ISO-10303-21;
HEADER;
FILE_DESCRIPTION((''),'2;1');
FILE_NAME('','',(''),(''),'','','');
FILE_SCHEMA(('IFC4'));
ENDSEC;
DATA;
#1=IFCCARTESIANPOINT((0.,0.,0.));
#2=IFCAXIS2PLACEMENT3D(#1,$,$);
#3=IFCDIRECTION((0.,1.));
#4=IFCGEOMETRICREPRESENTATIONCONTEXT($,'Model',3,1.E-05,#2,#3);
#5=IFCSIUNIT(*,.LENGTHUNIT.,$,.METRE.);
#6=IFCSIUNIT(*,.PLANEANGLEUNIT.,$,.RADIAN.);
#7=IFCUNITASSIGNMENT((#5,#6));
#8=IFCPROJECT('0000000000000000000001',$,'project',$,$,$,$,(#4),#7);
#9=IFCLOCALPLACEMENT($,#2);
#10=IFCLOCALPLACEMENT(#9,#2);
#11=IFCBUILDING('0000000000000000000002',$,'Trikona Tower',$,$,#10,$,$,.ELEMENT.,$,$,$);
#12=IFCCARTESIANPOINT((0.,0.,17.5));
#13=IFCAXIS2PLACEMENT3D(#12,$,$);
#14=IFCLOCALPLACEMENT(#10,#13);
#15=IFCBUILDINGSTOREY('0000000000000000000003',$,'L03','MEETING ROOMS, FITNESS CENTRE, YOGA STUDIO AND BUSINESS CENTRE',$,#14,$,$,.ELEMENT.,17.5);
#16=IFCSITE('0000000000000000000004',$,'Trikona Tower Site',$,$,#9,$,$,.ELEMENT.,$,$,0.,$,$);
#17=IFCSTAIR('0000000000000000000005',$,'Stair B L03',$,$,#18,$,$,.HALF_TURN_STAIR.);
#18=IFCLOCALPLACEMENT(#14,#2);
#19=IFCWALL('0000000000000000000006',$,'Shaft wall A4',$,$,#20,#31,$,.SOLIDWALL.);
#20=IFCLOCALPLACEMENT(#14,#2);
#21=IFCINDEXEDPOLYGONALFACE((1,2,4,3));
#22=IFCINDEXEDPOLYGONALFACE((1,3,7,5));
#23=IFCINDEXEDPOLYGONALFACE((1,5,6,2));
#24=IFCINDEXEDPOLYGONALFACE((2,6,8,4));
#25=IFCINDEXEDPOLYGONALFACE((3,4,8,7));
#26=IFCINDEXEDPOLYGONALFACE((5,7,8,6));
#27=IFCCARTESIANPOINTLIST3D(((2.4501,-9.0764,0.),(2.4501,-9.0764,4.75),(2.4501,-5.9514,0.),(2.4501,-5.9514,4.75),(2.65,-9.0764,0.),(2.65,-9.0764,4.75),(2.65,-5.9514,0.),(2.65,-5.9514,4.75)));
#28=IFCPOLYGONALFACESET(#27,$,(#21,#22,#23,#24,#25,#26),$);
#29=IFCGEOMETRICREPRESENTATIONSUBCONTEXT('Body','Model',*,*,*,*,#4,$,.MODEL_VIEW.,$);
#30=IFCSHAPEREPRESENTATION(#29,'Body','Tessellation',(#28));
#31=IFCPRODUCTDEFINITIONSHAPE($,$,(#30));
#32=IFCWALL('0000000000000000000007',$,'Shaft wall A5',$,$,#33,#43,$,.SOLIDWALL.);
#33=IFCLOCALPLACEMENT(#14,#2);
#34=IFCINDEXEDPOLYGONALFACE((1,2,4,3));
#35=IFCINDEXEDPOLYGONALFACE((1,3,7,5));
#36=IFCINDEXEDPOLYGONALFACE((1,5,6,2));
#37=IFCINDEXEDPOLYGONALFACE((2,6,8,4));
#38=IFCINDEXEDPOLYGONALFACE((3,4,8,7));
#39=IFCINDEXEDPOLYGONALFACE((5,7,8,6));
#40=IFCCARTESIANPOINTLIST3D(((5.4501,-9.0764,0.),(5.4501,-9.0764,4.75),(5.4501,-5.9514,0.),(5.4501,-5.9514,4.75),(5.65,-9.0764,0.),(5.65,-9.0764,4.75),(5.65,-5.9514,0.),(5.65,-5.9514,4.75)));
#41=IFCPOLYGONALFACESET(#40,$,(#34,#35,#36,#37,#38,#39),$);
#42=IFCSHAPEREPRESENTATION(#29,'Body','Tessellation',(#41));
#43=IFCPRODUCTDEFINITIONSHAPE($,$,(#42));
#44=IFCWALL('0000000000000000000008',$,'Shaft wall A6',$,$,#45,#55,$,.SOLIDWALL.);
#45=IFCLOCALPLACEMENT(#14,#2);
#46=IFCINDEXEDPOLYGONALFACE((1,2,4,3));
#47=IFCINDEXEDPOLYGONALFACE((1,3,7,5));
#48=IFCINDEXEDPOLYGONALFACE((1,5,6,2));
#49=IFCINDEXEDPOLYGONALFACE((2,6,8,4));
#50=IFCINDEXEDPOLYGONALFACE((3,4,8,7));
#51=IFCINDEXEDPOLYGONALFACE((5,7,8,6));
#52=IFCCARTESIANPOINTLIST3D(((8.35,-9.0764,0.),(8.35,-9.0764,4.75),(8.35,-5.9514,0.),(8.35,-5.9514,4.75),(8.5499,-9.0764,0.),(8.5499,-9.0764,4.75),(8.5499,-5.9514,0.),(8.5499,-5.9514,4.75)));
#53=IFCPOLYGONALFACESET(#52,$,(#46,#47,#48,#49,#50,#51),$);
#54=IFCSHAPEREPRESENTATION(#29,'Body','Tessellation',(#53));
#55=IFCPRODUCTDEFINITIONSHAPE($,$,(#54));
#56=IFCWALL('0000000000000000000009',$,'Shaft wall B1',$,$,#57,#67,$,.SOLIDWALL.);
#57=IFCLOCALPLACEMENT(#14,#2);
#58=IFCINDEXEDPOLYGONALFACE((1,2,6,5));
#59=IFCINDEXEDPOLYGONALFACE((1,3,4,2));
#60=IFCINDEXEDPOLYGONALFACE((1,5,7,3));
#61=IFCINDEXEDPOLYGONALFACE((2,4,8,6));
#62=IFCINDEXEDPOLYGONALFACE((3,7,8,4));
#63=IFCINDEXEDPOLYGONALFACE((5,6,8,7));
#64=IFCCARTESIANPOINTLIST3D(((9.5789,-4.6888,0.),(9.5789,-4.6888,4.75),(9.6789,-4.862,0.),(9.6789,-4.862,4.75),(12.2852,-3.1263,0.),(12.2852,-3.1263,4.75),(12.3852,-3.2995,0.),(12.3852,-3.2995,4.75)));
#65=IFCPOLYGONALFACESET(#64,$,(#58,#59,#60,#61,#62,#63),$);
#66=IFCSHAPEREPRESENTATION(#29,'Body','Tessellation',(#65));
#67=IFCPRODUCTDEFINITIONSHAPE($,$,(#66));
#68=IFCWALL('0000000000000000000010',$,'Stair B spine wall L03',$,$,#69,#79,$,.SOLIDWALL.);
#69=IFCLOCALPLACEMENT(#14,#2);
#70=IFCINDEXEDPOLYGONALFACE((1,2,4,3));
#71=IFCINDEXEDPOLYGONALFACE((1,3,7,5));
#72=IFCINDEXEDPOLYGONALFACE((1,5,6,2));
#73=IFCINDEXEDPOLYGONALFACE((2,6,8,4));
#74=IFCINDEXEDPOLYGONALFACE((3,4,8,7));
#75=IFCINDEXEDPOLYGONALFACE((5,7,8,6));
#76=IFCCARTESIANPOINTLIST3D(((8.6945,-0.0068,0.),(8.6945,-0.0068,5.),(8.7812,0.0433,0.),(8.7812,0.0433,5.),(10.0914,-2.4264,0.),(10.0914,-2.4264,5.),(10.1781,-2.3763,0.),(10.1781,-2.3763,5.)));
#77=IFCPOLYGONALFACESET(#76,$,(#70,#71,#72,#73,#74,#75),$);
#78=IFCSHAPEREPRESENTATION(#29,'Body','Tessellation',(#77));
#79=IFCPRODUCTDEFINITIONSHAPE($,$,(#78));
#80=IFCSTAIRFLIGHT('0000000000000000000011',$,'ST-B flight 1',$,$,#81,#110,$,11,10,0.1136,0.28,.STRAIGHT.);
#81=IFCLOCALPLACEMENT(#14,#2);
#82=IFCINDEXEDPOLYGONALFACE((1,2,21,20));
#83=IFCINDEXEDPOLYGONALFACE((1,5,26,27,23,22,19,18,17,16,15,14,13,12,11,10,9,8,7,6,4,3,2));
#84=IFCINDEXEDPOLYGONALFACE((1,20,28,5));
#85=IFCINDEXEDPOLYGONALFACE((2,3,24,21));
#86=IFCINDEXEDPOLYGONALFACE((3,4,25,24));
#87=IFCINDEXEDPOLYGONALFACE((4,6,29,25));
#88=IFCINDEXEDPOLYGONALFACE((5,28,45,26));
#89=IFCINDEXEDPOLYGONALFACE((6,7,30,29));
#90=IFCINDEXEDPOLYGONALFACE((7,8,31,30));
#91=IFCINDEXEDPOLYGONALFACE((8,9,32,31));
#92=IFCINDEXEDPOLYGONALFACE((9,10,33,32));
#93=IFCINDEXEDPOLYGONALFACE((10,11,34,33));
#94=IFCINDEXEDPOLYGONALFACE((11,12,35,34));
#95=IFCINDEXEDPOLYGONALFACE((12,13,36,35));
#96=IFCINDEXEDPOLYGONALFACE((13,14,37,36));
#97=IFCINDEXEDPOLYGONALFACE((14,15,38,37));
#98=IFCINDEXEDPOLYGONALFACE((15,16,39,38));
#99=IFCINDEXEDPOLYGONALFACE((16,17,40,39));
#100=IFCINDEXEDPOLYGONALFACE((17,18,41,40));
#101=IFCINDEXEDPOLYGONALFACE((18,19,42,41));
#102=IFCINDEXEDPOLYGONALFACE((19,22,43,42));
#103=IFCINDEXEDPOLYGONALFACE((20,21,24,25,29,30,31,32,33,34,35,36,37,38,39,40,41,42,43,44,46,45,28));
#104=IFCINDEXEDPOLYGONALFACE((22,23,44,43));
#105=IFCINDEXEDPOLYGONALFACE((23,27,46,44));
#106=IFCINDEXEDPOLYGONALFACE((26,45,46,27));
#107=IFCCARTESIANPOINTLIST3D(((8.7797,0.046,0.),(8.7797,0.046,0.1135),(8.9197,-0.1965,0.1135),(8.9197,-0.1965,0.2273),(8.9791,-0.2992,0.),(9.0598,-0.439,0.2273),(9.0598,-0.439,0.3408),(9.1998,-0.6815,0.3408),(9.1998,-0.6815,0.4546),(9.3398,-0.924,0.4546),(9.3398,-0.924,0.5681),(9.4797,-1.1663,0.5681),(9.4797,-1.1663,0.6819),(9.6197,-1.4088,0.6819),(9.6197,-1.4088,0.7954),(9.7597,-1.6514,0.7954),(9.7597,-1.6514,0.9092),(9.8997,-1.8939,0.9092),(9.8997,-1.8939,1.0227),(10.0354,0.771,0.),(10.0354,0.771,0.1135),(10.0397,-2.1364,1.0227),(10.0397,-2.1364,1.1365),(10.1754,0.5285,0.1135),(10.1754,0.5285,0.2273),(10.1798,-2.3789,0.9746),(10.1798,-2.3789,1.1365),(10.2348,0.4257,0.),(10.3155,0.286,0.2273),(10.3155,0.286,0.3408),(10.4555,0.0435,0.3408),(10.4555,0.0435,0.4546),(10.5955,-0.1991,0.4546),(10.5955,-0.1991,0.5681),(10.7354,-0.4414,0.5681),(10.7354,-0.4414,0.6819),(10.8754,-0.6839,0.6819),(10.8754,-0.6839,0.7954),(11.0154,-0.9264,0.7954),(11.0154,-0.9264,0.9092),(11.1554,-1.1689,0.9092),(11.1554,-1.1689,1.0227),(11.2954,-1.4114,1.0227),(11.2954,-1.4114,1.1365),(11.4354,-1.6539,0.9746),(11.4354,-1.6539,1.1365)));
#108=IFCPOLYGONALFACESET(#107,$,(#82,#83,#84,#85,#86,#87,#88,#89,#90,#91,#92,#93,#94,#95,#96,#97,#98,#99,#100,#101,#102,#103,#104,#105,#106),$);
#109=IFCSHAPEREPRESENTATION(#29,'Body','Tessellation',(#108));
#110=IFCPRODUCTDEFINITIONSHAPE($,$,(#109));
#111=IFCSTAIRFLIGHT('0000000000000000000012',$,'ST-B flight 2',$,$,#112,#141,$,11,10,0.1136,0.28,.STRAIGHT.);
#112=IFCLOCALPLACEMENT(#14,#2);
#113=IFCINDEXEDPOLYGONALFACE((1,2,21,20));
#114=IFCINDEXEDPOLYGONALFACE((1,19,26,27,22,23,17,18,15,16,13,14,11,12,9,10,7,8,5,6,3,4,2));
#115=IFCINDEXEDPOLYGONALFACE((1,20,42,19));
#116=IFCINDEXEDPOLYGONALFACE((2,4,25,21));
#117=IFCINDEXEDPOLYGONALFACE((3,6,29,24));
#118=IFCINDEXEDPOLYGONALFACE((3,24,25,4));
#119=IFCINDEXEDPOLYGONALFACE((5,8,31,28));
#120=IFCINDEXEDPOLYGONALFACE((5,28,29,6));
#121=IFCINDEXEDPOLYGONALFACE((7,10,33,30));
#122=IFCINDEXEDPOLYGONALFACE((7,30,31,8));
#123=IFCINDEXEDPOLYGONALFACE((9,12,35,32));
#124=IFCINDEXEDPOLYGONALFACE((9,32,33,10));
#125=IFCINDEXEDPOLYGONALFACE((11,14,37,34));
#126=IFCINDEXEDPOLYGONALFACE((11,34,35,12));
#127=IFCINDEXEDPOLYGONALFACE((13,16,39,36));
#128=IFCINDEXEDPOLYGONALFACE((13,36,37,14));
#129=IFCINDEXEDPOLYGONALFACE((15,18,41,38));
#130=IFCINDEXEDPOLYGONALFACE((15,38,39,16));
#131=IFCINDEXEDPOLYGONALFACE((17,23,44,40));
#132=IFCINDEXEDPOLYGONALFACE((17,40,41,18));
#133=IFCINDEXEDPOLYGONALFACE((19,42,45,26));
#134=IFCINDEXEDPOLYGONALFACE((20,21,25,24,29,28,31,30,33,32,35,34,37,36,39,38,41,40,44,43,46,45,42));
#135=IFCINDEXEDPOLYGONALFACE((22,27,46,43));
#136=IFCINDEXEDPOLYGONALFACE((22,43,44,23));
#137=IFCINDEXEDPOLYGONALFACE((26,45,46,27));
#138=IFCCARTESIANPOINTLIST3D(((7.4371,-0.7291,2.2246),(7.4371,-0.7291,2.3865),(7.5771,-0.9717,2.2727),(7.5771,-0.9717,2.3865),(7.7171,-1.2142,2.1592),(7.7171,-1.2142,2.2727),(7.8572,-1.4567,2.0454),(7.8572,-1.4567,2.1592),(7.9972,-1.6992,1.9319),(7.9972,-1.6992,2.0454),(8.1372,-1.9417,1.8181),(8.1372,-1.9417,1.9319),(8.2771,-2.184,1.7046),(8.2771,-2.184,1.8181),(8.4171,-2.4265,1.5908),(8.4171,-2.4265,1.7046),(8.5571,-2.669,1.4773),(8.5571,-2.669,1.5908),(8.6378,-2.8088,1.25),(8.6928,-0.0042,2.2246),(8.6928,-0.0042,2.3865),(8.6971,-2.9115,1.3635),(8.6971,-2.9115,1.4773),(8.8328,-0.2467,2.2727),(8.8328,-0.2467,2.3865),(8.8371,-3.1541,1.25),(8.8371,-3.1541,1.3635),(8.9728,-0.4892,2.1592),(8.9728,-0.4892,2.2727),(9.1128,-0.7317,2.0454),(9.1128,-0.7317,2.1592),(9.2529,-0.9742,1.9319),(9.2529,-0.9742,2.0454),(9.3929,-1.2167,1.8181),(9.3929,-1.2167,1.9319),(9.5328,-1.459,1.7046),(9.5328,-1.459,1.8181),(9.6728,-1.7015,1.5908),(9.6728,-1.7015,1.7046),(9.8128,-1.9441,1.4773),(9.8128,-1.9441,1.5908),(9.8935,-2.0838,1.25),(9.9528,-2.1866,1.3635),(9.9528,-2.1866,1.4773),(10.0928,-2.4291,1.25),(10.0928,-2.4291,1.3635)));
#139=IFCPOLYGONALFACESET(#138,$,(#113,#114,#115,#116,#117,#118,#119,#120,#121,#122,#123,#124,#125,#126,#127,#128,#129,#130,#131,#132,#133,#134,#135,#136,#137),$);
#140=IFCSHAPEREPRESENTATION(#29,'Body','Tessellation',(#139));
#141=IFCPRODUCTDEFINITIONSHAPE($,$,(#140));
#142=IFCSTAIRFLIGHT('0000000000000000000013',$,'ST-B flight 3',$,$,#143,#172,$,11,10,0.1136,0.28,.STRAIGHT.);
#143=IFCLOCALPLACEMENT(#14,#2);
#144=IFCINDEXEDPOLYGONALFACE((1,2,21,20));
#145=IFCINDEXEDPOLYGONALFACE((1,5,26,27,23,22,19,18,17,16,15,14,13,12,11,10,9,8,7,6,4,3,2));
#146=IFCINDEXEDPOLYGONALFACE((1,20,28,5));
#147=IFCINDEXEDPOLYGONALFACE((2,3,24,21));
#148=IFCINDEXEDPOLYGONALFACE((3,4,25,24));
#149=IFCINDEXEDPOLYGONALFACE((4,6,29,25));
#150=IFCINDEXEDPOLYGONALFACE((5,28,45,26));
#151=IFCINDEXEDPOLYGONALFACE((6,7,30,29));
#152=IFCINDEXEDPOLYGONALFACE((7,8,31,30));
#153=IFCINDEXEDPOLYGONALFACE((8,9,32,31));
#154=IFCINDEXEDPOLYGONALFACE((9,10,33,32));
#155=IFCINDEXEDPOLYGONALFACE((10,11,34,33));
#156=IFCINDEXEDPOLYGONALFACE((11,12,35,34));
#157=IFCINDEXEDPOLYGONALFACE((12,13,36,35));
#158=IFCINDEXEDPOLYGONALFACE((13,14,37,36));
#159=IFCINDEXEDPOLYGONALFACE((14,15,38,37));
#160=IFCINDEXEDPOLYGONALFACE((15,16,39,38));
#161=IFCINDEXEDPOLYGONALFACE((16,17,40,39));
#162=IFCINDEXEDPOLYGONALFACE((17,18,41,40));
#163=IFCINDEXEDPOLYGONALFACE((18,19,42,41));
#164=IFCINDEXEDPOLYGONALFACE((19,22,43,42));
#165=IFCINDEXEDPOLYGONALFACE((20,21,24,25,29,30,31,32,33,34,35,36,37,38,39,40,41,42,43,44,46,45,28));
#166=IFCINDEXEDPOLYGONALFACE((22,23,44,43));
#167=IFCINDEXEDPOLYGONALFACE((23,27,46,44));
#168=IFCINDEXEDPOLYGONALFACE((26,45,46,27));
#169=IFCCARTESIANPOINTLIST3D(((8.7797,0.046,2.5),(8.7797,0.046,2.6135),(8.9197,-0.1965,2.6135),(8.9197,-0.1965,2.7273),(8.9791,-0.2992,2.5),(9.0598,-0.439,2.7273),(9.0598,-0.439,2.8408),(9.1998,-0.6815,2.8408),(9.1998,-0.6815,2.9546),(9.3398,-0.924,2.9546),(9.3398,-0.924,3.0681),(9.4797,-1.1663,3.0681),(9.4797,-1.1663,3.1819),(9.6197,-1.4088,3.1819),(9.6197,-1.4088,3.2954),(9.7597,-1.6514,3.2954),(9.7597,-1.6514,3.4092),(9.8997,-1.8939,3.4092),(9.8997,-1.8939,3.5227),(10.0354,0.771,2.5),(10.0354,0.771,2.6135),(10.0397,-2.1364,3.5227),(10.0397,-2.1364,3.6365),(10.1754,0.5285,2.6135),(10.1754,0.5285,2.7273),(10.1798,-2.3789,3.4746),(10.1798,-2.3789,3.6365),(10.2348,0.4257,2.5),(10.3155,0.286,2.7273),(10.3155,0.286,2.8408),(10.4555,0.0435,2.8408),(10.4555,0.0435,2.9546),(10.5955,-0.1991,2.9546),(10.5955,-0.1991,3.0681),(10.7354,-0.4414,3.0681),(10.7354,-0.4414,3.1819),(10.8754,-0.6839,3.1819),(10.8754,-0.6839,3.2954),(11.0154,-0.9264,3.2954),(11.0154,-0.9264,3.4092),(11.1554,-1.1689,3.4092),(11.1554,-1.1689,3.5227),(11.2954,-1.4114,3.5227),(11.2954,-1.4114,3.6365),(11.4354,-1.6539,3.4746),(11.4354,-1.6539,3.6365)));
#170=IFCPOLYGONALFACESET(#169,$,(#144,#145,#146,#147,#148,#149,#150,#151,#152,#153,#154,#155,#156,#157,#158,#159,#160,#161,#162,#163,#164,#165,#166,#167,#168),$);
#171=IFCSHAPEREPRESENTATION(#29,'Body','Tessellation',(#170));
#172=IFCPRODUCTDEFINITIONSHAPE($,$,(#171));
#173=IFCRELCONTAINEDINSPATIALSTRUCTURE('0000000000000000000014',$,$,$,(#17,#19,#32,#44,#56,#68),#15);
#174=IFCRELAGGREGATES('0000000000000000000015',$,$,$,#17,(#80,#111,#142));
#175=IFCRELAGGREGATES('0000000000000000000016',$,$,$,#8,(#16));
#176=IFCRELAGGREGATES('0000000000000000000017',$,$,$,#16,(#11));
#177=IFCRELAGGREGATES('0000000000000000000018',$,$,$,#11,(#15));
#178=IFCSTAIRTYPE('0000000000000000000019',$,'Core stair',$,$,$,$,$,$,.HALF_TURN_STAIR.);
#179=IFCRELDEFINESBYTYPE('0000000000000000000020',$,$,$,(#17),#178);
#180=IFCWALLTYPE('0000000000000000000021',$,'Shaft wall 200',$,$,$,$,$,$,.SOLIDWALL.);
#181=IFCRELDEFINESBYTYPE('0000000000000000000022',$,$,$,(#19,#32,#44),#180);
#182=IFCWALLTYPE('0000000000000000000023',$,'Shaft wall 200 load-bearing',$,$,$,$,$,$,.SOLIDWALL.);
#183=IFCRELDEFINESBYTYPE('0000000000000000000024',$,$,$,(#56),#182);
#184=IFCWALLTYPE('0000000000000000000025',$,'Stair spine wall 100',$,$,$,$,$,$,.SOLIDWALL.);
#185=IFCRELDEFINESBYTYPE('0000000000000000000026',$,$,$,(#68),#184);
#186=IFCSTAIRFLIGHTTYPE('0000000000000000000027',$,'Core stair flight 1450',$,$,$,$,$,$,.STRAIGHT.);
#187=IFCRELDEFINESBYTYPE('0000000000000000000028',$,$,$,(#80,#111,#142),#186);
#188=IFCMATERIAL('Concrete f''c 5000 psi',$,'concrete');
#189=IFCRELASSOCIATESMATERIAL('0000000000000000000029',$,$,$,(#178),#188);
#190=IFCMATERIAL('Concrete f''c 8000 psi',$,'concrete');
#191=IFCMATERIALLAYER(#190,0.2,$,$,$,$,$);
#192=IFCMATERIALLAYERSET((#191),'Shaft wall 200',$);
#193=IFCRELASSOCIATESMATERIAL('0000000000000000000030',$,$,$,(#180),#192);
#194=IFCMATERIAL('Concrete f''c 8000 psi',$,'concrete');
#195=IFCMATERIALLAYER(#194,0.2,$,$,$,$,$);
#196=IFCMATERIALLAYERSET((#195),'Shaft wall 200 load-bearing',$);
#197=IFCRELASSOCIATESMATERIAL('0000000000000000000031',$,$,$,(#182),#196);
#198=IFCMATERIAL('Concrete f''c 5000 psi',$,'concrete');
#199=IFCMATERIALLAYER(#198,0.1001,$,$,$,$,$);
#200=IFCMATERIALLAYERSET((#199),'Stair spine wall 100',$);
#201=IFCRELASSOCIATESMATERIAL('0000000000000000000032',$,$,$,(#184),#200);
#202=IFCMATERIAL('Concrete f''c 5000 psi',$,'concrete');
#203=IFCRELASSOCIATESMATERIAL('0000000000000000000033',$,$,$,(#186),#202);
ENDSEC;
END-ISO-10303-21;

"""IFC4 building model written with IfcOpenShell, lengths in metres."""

from ifc_helpers import new_model, si_unit, direction, frame, frame_2d, origin, place, context, subcontext, project, spatial, polyline, rectangle, outline, extrude, material, layer, layer_set, type_object, element, aggregate, save


model = new_model("IFC4")

# Units and contexts
model_context = context("Model", 3, precision=1e-05, world=origin(), true_north=direction((0.0, 1.0)))
body_context = subcontext(model_context, "Body", "Model", "MODEL_VIEW")
ifc_project = project(units=[si_unit("LENGTHUNIT", "METRE"), si_unit("PLANEANGLEUNIT", "RADIAN")], contexts=[model_context])

# Site, building, storey
site_placement = place(None, origin())
site = spatial("IfcSite", under=ifc_project, at=site_placement, Name="Trikona Tower Site", CompositionType="ELEMENT", RefElevation=0.0)
building_placement = place(site_placement, origin())
building = spatial("IfcBuilding", under=site, at=building_placement, Name="Trikona Tower", CompositionType="ELEMENT")
storey_placement = place(building_placement, frame((0.0, 0.0, 17.5)))
storey = spatial("IfcBuildingStorey", under=building, at=storey_placement, Name="L03", Description="MEETING ROOMS, FITNESS CENTRE, YOGA STUDIO AND BUSINESS CENTRE", CompositionType="ELEMENT", Elevation=17.5)

# Stair
ifc_material_1 = material(Name="Concrete f'c 5000 psi", Category="concrete")
stair_type = type_object("IfcStairType", Name="Core stair", PredefinedType="HALF_TURN_STAIR", material=ifc_material_1)
stair_1_placement = place(storey_placement, origin())
stair_1 = element("IfcStair", 1, at=stair_1_placement, inside=storey, type_object=stair_type, Name="Stair B L03", PredefinedType="HALF_TURN_STAIR")

# Walls
ifc_material_2 = material(Name="Concrete f'c 8000 psi", Category="concrete")
ifc_layer_1 = layer(ifc_material_2, 0.2)
ifc_layer_set_1 = layer_set([ifc_layer_1], Name="Shaft wall 200")
wall_type_1 = type_object("IfcWallType", Name="Shaft wall 200", PredefinedType="SOLIDWALL", material=ifc_layer_set_1)
for number, where, z_axis, x_axis, name in (
    (2, (2.55, -5.9514, 0.0), (0.0, 0.0, 1.0), (0.0, -1.0, 0.0), "Shaft wall A4"),
    (3, (5.55, -5.9514, 0.0), (0.0, 0.0, 1.0), (0.0, -1.0, 0.0), "Shaft wall A5"),
    (4, (8.45, -5.9514, 0.0), (0.0, 0.0, 1.0), (0.0, -1.0, 0.0), "Shaft wall A6"),
):
    element("IfcWall", number, at=place(storey_placement, frame(where, z_axis=z_axis, x_axis=x_axis)), inside=storey, type_object=wall_type_1, Name=name, PredefinedType="SOLIDWALL", context=body_context, shape_type="SweptSolid", body=[
        extrude(rectangle(XDim=3.125, YDim=0.2, at=frame_2d((1.5625, 0.0))), origin(), (0.0, 0.0, 1.0), 4.75),
    ])
ifc_material_3 = material(Name="Concrete f'c 8000 psi", Category="concrete")
ifc_layer_2 = layer(ifc_material_3, 0.2)
ifc_layer_set_2 = layer_set([ifc_layer_2], Name="Shaft wall 200 load-bearing")
wall_type_2 = type_object("IfcWallType", Name="Shaft wall 200 load-bearing", PredefinedType="SOLIDWALL", material=ifc_layer_set_2)
wall_1_placement = place(storey_placement, frame((9.6289, -4.7754, 0.0), z_axis=(0.0, 0.0, 1.0), x_axis=(0.866023, 0.500004, 0.0)))
element("IfcWall", 5, at=wall_1_placement, inside=storey, type_object=wall_type_2, Name="Shaft wall B1", PredefinedType="SOLIDWALL", context=body_context, shape_type="SweptSolid", body=[
    extrude(rectangle(XDim=3.125, YDim=0.2, at=frame_2d((1.5625, 0.0))), origin(), (0.0, 0.0, 1.0), 4.75),
])
ifc_material_4 = material(Name="Concrete f'c 5000 psi", Category="concrete")
ifc_layer_3 = layer(ifc_material_4, 0.1001)
ifc_layer_set_3 = layer_set([ifc_layer_3], Name="Stair spine wall 100")
wall_type_3 = type_object("IfcWallType", Name="Stair spine wall 100", PredefinedType="SOLIDWALL", material=ifc_layer_set_3)
wall_2_placement = place(storey_placement, frame((10.1348, -2.4014, 0.0), z_axis=(0.0, 0.0, 1.0), x_axis=(-0.499992, 0.86603, 0.0)))
element("IfcWall", 6, at=wall_2_placement, inside=storey, type_object=wall_type_3, Name="Stair B spine wall L03", PredefinedType="SOLIDWALL", context=body_context, shape_type="SweptSolid", body=[
    extrude(rectangle(XDim=2.7939, YDim=0.1001, at=frame_2d((1.397, 0.0))), origin(), (0.0, 0.0, 1.0), 5.0),
])

# Stair flights
ifc_material_5 = material(Name="Concrete f'c 5000 psi", Category="concrete")
stair_flight_type = type_object("IfcStairFlightType", Name="Core stair flight 1450", PredefinedType="STRAIGHT", material=ifc_material_5)
stair_flight_1_placement = place(storey_placement, frame((9.4075, 0.4084, 0.0), z_axis=(0.0, 0.0, 1.0), x_axis=(0.5, -0.866025, 0.0)))
stair_flight_1 = element("IfcStairFlight", 7, at=stair_flight_1_placement, type_object=stair_flight_type, Name="ST-B flight 1", NumberOfRisers=11, NumberOfTreads=10, PredefinedType="STRAIGHT", RiserHeight=0.1136, TreadLength=0.28, context=body_context, shape_type="SweptSolid", body=[
    extrude(outline(polyline([(0.0, 0.0), (0.0, 0.1135), (0.28, 0.1135), (0.28, 0.2273), (0.5601, 0.2273), (0.5601, 0.3408), (0.8401, 0.3408), (0.8401, 0.4546), (1.1201, 0.4546), (1.1201, 0.5681), (1.3999, 0.5681), (1.3999, 0.6819), (1.6799, 0.6819), (1.6799, 0.7954), (1.96, 0.7954), (1.96, 0.9092), (2.24, 0.9092), (2.24, 1.0227), (2.52, 1.0227), (2.52, 1.1365), (2.8, 1.1365), (2.8, 1.25), (2.8, 0.9746), (0.3987, 0.0), (0.0, 0.0)])), frame((0.0, 0.7251, 0.0), z_axis=(0.0, -1.0, 0.0), x_axis=(1.0, 0.0, 0.0)), (0.0, 0.0, 1.0), 1.45),
])
stair_flight_2_placement = place(storey_placement, frame((9.4651, -2.7915, 1.25), z_axis=(0.0, 0.0, 1.0), x_axis=(-0.5, 0.866025, 0.0)))
stair_flight_2 = element("IfcStairFlight", 8, at=stair_flight_2_placement, type_object=stair_flight_type, Name="ST-B flight 2", NumberOfRisers=11, NumberOfTreads=10, PredefinedType="STRAIGHT", RiserHeight=0.1136, TreadLength=0.28, context=body_context, shape_type="SweptSolid", body=[
    extrude(outline(polyline([(0.0, 0.0), (0.0, 0.1135), (0.28, 0.1135), (0.28, 0.2273), (0.5601, 0.2273), (0.5601, 0.3408), (0.8401, 0.3408), (0.8401, 0.4546), (1.1201, 0.4546), (1.1201, 0.5681), (1.3999, 0.5681), (1.3999, 0.6819), (1.6799, 0.6819), (1.6799, 0.7954), (1.96, 0.7954), (1.96, 0.9092), (2.24, 0.9092), (2.24, 1.0227), (2.52, 1.0227), (2.52, 1.1365), (2.8, 1.1365), (2.8, 1.25), (2.8, 0.9746), (0.3987, 0.0), (0.0, 0.0)])), frame((0.0, 0.7251, 0.0), z_axis=(0.0, -1.0, 0.0), x_axis=(1.0, 0.0, 0.0)), (0.0, 0.0, 1.0), 1.45),
])
stair_flight_3_placement = place(storey_placement, frame((9.4075, 0.4084, 2.5), z_axis=(0.0, 0.0, 1.0), x_axis=(0.5, -0.866025, 0.0)))
stair_flight_3 = element("IfcStairFlight", 9, at=stair_flight_3_placement, type_object=stair_flight_type, Name="ST-B flight 3", NumberOfRisers=11, NumberOfTreads=10, PredefinedType="STRAIGHT", RiserHeight=0.1136, TreadLength=0.28, context=body_context, shape_type="SweptSolid", body=[
    extrude(outline(polyline([(0.0, 0.0), (0.0, 0.1135), (0.28, 0.1135), (0.28, 0.2273), (0.5601, 0.2273), (0.5601, 0.3408), (0.8401, 0.3408), (0.8401, 0.4546), (1.1201, 0.4546), (1.1201, 0.5681), (1.3999, 0.5681), (1.3999, 0.6819), (1.6799, 0.6819), (1.6799, 0.7954), (1.96, 0.7954), (1.96, 0.9092), (2.24, 0.9092), (2.24, 1.0227), (2.52, 1.0227), (2.52, 1.1365), (2.8, 1.1365), (2.8, 1.25), (2.8, 0.9746), (0.3987, 0.0), (0.0, 0.0)])), frame((0.0, 0.7251, 0.0), z_axis=(0.0, -1.0, 0.0), x_axis=(1.0, 0.0, 0.0)), (0.0, 0.0, 1.0), 1.45),
])
aggregate(stair_1, [stair_flight_1, stair_flight_2, stair_flight_3])

save(model, "model.ifc")
